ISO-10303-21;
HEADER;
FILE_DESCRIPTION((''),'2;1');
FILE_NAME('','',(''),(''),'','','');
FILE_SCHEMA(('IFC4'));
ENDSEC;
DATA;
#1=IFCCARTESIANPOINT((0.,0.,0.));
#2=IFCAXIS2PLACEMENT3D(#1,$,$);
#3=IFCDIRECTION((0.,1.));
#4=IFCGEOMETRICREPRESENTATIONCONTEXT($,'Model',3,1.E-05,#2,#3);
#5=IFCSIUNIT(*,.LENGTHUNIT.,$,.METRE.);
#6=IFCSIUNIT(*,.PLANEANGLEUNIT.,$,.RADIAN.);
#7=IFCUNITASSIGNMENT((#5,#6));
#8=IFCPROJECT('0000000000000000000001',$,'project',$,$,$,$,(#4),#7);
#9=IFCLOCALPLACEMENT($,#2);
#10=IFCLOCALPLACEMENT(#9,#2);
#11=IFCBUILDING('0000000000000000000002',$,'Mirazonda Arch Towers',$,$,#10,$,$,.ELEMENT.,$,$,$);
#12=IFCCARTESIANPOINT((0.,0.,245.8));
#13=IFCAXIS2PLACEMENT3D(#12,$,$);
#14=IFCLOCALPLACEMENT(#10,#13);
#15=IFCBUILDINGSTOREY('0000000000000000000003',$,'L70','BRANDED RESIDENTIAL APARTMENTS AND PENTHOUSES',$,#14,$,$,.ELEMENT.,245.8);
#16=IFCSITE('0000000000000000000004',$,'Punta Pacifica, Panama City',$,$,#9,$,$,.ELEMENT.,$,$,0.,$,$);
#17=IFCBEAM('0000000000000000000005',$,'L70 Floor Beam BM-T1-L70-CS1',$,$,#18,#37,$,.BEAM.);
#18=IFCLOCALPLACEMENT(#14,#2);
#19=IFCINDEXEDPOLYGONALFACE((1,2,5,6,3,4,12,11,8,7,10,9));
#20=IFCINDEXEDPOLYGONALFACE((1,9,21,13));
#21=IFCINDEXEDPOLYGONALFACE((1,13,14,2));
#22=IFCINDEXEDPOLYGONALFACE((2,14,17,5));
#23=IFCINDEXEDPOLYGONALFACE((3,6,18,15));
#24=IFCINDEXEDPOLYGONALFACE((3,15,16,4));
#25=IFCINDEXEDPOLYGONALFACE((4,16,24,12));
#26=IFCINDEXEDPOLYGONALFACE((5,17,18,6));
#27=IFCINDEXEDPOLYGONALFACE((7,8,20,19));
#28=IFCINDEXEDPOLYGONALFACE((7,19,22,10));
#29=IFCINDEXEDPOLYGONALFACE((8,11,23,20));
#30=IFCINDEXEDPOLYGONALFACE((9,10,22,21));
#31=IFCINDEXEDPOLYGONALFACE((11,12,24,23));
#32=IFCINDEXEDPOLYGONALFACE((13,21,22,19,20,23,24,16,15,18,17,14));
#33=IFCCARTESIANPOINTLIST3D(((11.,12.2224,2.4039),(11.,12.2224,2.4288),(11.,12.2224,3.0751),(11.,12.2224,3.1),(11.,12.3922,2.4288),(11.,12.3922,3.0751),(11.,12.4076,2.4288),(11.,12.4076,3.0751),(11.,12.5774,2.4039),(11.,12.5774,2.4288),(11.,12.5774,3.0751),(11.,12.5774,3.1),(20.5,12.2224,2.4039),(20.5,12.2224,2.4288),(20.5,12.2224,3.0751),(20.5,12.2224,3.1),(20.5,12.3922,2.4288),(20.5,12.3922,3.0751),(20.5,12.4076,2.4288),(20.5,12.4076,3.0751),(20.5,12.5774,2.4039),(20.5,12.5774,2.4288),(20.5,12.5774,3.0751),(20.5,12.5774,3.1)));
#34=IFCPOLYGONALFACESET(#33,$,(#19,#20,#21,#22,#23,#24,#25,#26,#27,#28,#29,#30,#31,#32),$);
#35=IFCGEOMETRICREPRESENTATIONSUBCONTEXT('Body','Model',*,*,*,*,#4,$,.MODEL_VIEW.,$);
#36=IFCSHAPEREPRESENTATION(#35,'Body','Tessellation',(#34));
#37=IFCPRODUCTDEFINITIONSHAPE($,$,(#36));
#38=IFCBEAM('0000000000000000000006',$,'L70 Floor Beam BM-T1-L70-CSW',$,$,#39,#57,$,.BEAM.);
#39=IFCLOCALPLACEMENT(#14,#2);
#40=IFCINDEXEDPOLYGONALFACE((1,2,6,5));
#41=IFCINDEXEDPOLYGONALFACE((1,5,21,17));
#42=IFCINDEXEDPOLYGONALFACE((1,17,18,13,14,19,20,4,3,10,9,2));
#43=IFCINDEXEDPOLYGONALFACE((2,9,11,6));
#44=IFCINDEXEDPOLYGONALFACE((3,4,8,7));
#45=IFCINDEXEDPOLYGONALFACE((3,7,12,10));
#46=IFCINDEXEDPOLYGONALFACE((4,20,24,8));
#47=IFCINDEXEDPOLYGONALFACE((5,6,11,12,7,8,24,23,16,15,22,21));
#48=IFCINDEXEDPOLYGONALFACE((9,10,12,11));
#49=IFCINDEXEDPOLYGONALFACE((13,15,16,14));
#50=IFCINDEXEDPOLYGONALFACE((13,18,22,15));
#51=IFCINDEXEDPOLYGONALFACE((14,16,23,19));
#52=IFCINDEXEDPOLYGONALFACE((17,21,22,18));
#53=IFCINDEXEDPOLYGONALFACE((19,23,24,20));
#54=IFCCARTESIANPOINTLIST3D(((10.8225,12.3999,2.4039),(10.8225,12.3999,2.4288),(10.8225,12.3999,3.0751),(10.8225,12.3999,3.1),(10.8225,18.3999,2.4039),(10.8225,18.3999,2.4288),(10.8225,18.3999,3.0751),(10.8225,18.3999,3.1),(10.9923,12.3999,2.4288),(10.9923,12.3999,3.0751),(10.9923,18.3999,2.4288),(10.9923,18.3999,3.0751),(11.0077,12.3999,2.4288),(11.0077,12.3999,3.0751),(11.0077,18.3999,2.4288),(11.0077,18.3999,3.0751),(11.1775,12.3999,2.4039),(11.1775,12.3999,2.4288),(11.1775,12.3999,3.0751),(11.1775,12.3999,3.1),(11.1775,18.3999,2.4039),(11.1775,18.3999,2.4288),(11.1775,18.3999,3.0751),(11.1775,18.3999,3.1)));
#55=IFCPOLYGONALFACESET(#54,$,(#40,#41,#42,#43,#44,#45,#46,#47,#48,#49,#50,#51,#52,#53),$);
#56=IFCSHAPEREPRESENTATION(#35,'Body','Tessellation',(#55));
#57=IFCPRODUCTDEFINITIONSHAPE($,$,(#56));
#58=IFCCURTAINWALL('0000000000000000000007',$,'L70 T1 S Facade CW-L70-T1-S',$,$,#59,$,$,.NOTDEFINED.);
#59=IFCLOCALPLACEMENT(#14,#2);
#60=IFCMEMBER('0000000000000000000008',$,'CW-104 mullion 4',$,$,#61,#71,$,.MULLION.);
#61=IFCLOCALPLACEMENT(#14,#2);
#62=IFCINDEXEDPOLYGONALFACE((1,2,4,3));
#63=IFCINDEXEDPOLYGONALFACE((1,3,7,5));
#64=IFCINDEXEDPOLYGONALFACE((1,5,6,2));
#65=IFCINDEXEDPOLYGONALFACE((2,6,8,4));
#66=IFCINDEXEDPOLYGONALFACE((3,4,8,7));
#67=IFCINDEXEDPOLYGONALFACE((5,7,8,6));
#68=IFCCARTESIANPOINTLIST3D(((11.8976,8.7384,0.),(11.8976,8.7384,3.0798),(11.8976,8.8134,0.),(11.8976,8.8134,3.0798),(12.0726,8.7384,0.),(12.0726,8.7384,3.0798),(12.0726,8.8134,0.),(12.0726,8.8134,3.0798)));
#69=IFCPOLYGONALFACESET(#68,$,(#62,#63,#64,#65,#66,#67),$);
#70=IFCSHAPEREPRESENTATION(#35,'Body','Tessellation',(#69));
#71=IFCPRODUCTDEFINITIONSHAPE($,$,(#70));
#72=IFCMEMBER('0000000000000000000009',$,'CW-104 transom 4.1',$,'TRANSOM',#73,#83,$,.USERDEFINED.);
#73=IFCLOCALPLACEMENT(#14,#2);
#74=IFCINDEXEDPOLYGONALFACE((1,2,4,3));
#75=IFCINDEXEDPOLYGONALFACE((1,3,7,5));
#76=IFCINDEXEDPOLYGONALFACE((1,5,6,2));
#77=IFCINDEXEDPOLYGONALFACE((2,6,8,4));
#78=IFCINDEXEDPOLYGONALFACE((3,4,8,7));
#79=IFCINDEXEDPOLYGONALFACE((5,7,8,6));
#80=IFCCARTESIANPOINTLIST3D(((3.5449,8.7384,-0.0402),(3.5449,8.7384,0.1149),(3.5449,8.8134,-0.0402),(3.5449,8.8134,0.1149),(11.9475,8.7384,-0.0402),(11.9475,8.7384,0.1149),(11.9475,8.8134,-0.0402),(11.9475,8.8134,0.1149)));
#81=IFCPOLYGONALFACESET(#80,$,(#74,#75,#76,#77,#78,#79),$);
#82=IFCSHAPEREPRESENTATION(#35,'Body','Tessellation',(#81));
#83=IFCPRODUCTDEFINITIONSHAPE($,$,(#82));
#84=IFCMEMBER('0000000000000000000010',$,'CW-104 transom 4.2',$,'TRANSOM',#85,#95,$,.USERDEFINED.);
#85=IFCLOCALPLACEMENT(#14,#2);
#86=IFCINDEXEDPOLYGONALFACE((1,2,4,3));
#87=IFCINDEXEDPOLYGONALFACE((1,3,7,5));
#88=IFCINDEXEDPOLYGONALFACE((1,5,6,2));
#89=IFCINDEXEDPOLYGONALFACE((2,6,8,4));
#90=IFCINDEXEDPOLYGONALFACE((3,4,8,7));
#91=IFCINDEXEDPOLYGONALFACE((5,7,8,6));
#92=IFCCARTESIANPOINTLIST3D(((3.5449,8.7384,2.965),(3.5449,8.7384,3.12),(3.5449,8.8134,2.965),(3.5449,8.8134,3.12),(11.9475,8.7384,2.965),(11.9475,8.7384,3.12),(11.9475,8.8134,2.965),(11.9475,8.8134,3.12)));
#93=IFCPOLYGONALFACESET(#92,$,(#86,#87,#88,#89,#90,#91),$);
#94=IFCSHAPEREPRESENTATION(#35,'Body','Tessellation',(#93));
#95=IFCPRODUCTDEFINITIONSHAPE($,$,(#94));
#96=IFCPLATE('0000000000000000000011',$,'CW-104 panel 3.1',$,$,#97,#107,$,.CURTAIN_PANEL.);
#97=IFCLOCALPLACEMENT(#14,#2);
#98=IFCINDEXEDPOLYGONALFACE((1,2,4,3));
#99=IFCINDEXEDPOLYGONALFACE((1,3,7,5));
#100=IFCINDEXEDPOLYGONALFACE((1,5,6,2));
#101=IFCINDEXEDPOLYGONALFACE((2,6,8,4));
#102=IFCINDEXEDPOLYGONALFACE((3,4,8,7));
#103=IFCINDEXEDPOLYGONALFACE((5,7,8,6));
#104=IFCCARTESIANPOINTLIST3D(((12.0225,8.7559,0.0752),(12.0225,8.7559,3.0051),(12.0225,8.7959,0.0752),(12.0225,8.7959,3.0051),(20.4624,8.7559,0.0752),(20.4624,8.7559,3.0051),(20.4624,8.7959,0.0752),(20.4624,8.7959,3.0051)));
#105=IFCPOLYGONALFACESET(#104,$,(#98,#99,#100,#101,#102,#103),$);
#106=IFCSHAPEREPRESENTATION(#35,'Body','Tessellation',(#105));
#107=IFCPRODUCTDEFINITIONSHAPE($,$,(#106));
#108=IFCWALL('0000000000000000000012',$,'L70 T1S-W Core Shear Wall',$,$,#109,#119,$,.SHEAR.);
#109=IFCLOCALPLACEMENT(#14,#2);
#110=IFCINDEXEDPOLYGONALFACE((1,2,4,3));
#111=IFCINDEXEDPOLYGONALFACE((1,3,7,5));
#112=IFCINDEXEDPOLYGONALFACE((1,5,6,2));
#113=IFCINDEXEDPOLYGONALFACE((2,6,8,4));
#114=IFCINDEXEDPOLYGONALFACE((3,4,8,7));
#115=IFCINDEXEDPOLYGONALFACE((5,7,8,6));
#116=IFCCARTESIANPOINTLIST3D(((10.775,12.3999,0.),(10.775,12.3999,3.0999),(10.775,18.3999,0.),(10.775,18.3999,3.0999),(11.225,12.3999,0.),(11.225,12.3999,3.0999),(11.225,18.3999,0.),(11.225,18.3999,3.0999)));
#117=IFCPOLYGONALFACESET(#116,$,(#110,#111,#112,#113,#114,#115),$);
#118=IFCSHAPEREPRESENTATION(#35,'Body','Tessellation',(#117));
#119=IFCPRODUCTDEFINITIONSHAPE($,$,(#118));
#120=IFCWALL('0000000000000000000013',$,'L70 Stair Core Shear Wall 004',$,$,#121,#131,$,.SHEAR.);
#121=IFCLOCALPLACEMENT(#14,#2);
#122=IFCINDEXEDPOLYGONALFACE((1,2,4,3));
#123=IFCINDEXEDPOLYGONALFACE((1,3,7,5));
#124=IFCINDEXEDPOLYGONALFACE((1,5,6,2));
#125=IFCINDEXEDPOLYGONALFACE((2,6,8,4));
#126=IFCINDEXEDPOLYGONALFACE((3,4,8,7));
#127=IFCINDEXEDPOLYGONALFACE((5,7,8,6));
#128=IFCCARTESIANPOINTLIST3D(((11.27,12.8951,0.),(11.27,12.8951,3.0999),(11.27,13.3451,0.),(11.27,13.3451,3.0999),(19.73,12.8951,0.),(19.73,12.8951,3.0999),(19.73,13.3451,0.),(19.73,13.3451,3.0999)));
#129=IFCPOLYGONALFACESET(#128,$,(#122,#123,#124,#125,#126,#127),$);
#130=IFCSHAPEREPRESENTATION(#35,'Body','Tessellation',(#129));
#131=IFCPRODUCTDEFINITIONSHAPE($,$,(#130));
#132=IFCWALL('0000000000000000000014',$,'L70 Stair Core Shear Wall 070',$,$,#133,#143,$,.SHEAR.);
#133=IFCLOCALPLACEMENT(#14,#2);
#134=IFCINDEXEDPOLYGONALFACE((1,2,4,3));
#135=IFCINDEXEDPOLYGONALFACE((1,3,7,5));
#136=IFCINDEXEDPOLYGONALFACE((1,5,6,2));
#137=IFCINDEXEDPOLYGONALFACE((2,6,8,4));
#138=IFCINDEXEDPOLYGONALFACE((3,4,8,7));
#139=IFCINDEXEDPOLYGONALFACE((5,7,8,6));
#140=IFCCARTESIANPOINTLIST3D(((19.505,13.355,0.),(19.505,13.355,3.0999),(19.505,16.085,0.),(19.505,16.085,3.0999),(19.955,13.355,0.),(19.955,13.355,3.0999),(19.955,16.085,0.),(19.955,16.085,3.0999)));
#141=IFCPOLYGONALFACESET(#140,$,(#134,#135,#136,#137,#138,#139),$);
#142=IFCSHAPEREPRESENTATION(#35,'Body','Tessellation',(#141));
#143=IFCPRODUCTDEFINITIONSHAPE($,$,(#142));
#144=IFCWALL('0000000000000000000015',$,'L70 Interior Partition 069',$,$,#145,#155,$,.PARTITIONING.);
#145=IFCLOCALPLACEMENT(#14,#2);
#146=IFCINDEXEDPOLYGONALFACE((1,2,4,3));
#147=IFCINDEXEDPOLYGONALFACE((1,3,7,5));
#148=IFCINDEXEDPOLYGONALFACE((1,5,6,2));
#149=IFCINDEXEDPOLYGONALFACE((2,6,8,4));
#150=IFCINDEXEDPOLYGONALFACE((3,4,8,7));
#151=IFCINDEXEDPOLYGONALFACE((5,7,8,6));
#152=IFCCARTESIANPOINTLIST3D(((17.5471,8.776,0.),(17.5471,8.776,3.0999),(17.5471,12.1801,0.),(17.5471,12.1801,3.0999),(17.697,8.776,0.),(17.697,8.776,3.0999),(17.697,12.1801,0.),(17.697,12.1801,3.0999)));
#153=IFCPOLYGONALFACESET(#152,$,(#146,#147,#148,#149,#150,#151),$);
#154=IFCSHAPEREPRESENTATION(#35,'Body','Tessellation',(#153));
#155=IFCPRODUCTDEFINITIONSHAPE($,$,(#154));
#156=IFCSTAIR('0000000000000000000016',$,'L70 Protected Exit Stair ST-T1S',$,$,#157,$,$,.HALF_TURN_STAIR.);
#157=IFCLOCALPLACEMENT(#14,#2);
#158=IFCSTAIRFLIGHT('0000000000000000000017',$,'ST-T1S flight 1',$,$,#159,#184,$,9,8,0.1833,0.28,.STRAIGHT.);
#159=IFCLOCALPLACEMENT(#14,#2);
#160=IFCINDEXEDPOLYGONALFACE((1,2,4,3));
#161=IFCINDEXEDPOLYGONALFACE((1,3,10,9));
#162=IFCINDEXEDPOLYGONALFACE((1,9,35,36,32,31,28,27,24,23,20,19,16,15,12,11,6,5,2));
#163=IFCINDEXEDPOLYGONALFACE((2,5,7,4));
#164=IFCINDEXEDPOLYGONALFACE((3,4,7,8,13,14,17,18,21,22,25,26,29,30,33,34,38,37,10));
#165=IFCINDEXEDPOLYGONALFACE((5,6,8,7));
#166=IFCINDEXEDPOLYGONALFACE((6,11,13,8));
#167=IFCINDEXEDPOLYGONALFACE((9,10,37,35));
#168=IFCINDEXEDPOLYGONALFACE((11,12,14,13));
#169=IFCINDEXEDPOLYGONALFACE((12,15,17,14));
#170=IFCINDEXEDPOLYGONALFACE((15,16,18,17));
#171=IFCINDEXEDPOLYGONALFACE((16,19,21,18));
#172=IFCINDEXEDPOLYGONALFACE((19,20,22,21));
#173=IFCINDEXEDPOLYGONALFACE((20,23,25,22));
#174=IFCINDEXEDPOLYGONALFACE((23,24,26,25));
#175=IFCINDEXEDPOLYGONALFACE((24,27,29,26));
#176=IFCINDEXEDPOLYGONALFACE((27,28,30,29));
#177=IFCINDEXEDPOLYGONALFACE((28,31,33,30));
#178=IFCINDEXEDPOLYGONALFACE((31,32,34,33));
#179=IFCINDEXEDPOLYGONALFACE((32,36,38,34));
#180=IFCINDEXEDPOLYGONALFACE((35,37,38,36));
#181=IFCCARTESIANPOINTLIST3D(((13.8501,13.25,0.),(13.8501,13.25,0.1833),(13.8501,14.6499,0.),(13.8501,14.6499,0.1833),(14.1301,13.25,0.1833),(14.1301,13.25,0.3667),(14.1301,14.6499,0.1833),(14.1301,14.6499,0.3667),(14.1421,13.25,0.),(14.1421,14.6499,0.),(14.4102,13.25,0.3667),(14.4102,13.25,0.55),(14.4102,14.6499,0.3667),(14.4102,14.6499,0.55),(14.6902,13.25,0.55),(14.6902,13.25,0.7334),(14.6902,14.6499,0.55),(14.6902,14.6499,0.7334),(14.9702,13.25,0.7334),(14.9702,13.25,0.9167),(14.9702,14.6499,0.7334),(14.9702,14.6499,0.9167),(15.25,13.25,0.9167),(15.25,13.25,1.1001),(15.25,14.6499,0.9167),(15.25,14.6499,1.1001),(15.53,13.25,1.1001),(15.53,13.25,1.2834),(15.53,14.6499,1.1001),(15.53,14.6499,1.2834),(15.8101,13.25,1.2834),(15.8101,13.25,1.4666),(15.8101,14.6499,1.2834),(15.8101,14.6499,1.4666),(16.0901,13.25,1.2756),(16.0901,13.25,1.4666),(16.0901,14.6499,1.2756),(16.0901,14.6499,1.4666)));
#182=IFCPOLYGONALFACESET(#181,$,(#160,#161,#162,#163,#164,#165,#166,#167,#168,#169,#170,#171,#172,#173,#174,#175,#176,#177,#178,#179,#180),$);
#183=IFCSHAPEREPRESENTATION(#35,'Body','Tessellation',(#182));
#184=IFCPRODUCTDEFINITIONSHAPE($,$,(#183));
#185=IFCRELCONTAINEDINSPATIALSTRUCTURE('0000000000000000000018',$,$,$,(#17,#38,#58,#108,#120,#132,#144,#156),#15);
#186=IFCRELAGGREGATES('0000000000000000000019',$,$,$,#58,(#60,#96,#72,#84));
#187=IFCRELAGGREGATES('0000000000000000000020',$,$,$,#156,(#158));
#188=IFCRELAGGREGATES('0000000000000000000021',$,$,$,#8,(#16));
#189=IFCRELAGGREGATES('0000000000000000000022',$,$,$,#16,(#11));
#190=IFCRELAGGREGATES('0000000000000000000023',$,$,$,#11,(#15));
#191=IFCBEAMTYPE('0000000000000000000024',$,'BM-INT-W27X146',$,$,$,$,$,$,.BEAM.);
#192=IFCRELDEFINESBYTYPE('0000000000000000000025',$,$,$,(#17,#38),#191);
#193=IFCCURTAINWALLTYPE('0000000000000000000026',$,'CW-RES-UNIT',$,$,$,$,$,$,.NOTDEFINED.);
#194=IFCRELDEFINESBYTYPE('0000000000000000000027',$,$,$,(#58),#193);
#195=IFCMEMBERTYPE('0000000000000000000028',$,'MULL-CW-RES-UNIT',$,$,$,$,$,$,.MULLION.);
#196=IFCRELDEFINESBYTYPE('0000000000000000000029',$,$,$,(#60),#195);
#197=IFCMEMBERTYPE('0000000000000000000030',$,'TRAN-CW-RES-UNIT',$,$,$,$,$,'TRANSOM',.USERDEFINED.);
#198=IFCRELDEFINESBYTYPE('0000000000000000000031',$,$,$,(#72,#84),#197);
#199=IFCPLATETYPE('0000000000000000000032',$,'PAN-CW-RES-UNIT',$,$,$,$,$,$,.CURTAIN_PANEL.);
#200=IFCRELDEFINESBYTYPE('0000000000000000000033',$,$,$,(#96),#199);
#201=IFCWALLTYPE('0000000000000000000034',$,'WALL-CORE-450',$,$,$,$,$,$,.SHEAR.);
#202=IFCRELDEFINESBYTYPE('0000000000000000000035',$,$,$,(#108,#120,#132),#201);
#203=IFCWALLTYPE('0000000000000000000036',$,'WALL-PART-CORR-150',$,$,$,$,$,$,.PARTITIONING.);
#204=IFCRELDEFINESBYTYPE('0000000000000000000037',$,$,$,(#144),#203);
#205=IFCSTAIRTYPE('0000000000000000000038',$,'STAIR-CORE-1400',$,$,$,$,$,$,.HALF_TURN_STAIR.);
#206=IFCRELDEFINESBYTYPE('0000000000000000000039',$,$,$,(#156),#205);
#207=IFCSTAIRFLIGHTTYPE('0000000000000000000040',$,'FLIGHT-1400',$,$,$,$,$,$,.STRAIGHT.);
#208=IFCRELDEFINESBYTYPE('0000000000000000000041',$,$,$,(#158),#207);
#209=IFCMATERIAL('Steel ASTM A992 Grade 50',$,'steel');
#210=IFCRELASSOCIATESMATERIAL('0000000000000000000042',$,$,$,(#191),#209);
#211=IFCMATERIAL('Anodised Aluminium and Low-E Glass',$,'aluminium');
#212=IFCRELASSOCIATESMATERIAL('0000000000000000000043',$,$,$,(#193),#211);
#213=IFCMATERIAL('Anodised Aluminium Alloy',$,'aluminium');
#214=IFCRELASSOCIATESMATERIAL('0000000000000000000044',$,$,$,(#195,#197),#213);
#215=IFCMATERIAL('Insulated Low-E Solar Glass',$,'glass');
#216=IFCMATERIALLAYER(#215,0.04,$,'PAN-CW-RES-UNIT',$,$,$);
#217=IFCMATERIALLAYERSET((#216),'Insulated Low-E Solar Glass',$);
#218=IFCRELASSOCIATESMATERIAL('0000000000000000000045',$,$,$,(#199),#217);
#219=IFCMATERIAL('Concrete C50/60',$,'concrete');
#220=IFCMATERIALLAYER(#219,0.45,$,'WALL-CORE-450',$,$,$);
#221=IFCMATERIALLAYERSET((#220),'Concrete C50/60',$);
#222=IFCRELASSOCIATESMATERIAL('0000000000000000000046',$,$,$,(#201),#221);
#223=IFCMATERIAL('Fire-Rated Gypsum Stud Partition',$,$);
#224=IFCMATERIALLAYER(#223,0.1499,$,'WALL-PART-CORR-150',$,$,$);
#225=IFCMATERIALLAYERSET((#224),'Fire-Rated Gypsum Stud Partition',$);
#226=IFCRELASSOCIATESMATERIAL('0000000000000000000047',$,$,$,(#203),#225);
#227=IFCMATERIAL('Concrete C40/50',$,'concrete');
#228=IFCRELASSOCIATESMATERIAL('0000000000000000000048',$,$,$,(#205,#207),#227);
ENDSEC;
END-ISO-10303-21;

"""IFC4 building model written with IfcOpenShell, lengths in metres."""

from ifc_helpers import new_model, si_unit, direction, frame, frame_2d, origin, origin_2d, place, context, subcontext, project, spatial, polyline, rectangle, i_section, outline, extrude, material, layer, layer_set, material_profile, profile_set, type_object, element, aggregate, save


model = new_model("IFC4")

# Units and contexts
model_context = context("Model", 3, precision=1e-05, world=origin(), true_north=direction((0.0, 1.0)))
body_context = subcontext(model_context, "Body", "Model", "MODEL_VIEW")
ifc_project = project(units=[si_unit("LENGTHUNIT", "METRE"), si_unit("PLANEANGLEUNIT", "RADIAN")], contexts=[model_context])

# Site, building, storey
site_placement = place(None, origin())
site = spatial("IfcSite", under=ifc_project, at=site_placement, Name="Punta Pacifica, Panama City", CompositionType="ELEMENT", RefElevation=0.0)
building_placement = place(site_placement, origin())
building = spatial("IfcBuilding", under=site, at=building_placement, Name="Mirazonda Arch Towers", CompositionType="ELEMENT")
storey_placement = place(building_placement, frame((0.0, 0.0, 245.8)))
storey = spatial("IfcBuildingStorey", under=building, at=storey_placement, Name="L70", Description="BRANDED RESIDENTIAL APARTMENTS AND PENTHOUSES", CompositionType="ELEMENT", Elevation=245.8)

# Beams
ifc_material_1 = material(Name="Steel ASTM A992 Grade 50", Category="steel")
ifc_material_profile_1 = material_profile(ifc_material_1, i_section(OverallWidth=0.355, OverallDepth=0.696, WebThickness=0.0154, FlangeThickness=0.0249, at=origin_2d()), Name="W27X146")
ifc_profile_set_1 = profile_set([ifc_material_profile_1], Name="Steel ASTM A992 Grade 50")
beam_type = type_object("IfcBeamType", Name="BM-INT-W27X146", PredefinedType="BEAM", material=ifc_profile_set_1)
beam_1_placement = place(storey_placement, frame((11.0, 12.3999, 2.752), z_axis=(1.0, 0.0, 0.0), x_axis=(0.0, 1.0, 0.0)))
element("IfcBeam", 1, at=beam_1_placement, inside=storey, type_object=beam_type, Name="L70 Floor Beam BM-T1-L70-CS1", PredefinedType="BEAM", context=body_context, shape_type="SweptSolid", body=[
    extrude(i_section(OverallWidth=0.355, OverallDepth=0.696, WebThickness=0.0154, FlangeThickness=0.0249, at=origin_2d()), origin(), (0.0, 0.0, 1.0), 9.5),
])
beam_2_placement = place(storey_placement, frame((11.0, 12.3999, 2.752), z_axis=(0.0, 1.0, 0.0), x_axis=(-1.0, 0.0, 0.0)))
element("IfcBeam", 2, at=beam_2_placement, inside=storey, type_object=beam_type, Name="L70 Floor Beam BM-T1-L70-CSW", PredefinedType="BEAM", context=body_context, shape_type="SweptSolid", body=[
    extrude(i_section(OverallWidth=0.355, OverallDepth=0.696, WebThickness=0.0154, FlangeThickness=0.0249, at=origin_2d()), origin(), (0.0, 0.0, 1.0), 6.0),
])

# Curtain wall, members, plate
ifc_material_2 = material(Name="Anodised Aluminium and Low-E Glass", Category="aluminium")
curtain_wall_type = type_object("IfcCurtainWallType", Name="CW-RES-UNIT", PredefinedType="NOTDEFINED", material=ifc_material_2)
curtain_wall_placement = place(storey_placement, origin())
curtain_wall = element("IfcCurtainWall", 3, at=curtain_wall_placement, inside=storey, type_object=curtain_wall_type, Name="L70 T1 S Facade CW-L70-T1-S", PredefinedType="NOTDEFINED")
ifc_material_3 = material(Name="Anodised Aluminium Alloy", Category="aluminium")
ifc_material_profile_2 = material_profile(ifc_material_3, rectangle(XDim=0.075, YDim=0.175, at=origin_2d()), Name="ALU-MULL-75x175")
ifc_profile_set_2 = profile_set([ifc_material_profile_2], Name="Anodised Aluminium Alloy")
member_type_1 = type_object("IfcMemberType", Name="MULL-CW-RES-UNIT", PredefinedType="MULLION", material=ifc_profile_set_2)
member_1_placement = place(storey_placement, frame((11.9851, 8.7759, 0.0), z_axis=(0.0, 0.0, 1.0), x_axis=(0.0, -1.0, 0.0)))
member_1 = element("IfcMember", 4, at=member_1_placement, type_object=member_type_1, Name="CW-104 mullion 4", PredefinedType="MULLION", context=body_context, shape_type="SweptSolid", body=[
    extrude(rectangle(XDim=0.075, YDim=0.175, at=origin_2d()), origin(), (0.0, 0.0, 1.0), 3.0798),
])
ifc_material_profile_3 = material_profile(ifc_material_3, rectangle(XDim=0.075, YDim=0.155, at=origin_2d()), Name="ALU-TRAN-75x155")
ifc_profile_set_3 = profile_set([ifc_material_profile_3], Name="Anodised Aluminium Alloy")
member_type_2 = type_object("IfcMemberType", Name="TRAN-CW-RES-UNIT", ElementType="TRANSOM", PredefinedType="USERDEFINED", material=ifc_profile_set_3)
member_2_placement = place(storey_placement, frame((11.9475, 8.7759, 0.0374), z_axis=(-1.0, 0.0, 0.0), x_axis=(0.0, -1.0, 0.0)))
member_2 = element("IfcMember", 5, at=member_2_placement, type_object=member_type_2, Name="CW-104 transom 4.1", ObjectType="TRANSOM", PredefinedType="USERDEFINED", context=body_context, shape_type="SweptSolid", body=[
    extrude(rectangle(XDim=0.075, YDim=0.155, at=origin_2d()), origin(), (0.0, 0.0, 1.0), 8.4026),
])
member_3_placement = place(storey_placement, frame((11.9475, 8.7759, 3.0425), z_axis=(-1.0, 0.0, 0.0), x_axis=(0.0, -1.0, 0.0)))
member_3 = element("IfcMember", 6, at=member_3_placement, type_object=member_type_2, Name="CW-104 transom 4.2", ObjectType="TRANSOM", PredefinedType="USERDEFINED", context=body_context, shape_type="SweptSolid", body=[
    extrude(rectangle(XDim=0.075, YDim=0.155, at=origin_2d()), origin(), (0.0, 0.0, 1.0), 8.4026),
])
ifc_material_4 = material(Name="Insulated Low-E Solar Glass", Category="glass")
ifc_layer_1 = layer(ifc_material_4, 0.04, Name="PAN-CW-RES-UNIT")
ifc_layer_set_1 = layer_set([ifc_layer_1], Name="Insulated Low-E Solar Glass")
plate_type = type_object("IfcPlateType", Name="PAN-CW-RES-UNIT", PredefinedType="CURTAIN_PANEL", material=ifc_layer_set_1)
plate_placement = place(storey_placement, frame((16.2424, 8.7759, 0.0752), z_axis=(0.0, 0.0, 1.0), x_axis=(-1.0, 0.0, 0.0)))
plate = element("IfcPlate", 7, at=plate_placement, type_object=plate_type, Name="CW-104 panel 3.1", PredefinedType="CURTAIN_PANEL", context=body_context, shape_type="SweptSolid", body=[
    extrude(rectangle(XDim=8.4399, YDim=0.04, at=origin_2d()), origin(), (0.0, 0.0, 1.0), 2.9299),
])
aggregate(curtain_wall, [member_1, plate, member_2, member_3])

# Walls
ifc_material_5 = material(Name="Concrete C50/60", Category="concrete")
ifc_layer_2 = layer(ifc_material_5, 0.45, Name="WALL-CORE-450")
ifc_layer_set_2 = layer_set([ifc_layer_2], Name="Concrete C50/60")
wall_type_1 = type_object("IfcWallType", Name="WALL-CORE-450", PredefinedType="SHEAR", material=ifc_layer_set_2)
wall_1_placement = place(storey_placement, frame((11.0, 12.3999, 0.0), z_axis=(0.0, 0.0, 1.0), x_axis=(0.0, 1.0, 0.0)))
element("IfcWall", 8, at=wall_1_placement, inside=storey, type_object=wall_type_1, Name="L70 T1S-W Core Shear Wall", PredefinedType="SHEAR", context=body_context, shape_type="SweptSolid", body=[
    extrude(rectangle(XDim=6.0, YDim=0.45, at=frame_2d((3.0, 0.0))), origin(), (0.0, 0.0, 1.0), 3.0999),
])
wall_2_placement = place(storey_placement, frame((11.27, 13.1201, 0.0), z_axis=(0.0, 0.0, 1.0), x_axis=(1.0, 0.0, 0.0)))
element("IfcWall", 9, at=wall_2_placement, inside=storey, type_object=wall_type_1, Name="L70 Stair Core Shear Wall 004", PredefinedType="SHEAR", context=body_context, shape_type="SweptSolid", body=[
    extrude(rectangle(XDim=8.46, YDim=0.45, at=frame_2d((4.23, 0.0))), origin(), (0.0, 0.0, 1.0), 3.0999),
])
wall_3_placement = place(storey_placement, frame((19.73, 13.355, 0.0), z_axis=(0.0, 0.0, 1.0), x_axis=(0.0, 1.0, 0.0)))
element("IfcWall", 10, at=wall_3_placement, inside=storey, type_object=wall_type_1, Name="L70 Stair Core Shear Wall 070", PredefinedType="SHEAR", context=body_context, shape_type="SweptSolid", body=[
    extrude(rectangle(XDim=2.73, YDim=0.45, at=frame_2d((1.365, 0.0))), origin(), (0.0, 0.0, 1.0), 3.0999),
])
ifc_material_6 = material(Name="Fire-Rated Gypsum Stud Partition")
ifc_layer_3 = layer(ifc_material_6, 0.1499, Name="WALL-PART-CORR-150")
ifc_layer_set_3 = layer_set([ifc_layer_3], Name="Fire-Rated Gypsum Stud Partition")
wall_type_2 = type_object("IfcWallType", Name="WALL-PART-CORR-150", PredefinedType="PARTITIONING", material=ifc_layer_set_3)
wall_4_placement = place(storey_placement, frame((17.6221, 8.7759, 0.0), z_axis=(0.0, 0.0, 1.0), x_axis=(0.0, 1.0, 0.0)))
element("IfcWall", 11, at=wall_4_placement, inside=storey, type_object=wall_type_2, Name="L70 Interior Partition 069", PredefinedType="PARTITIONING", context=body_context, shape_type="SweptSolid", body=[
    extrude(rectangle(XDim=3.4041, YDim=0.1499, at=frame_2d((1.7021, 0.0))), origin(), (0.0, 0.0, 1.0), 3.0999),
])

# Stair, stair flight
ifc_material_7 = material(Name="Concrete C40/50", Category="concrete")
stair_type = type_object("IfcStairType", Name="STAIR-CORE-1400", PredefinedType="HALF_TURN_STAIR", material=ifc_material_7)
stair_placement = place(storey_placement, origin())
stair = element("IfcStair", 12, at=stair_placement, inside=storey, type_object=stair_type, Name="L70 Protected Exit Stair ST-T1S", PredefinedType="HALF_TURN_STAIR")
stair_flight_type = type_object("IfcStairFlightType", Name="FLIGHT-1400", PredefinedType="STRAIGHT", material=ifc_material_7)
stair_flight_1_placement = place(storey_placement, frame((13.8501, 13.95, 0.0), z_axis=(0.0, 0.0, 1.0), x_axis=(1.0, 0.0, 0.0)))
stair_flight_1 = element("IfcStairFlight", 13, at=stair_flight_1_placement, type_object=stair_flight_type, Name="ST-T1S flight 1", NumberOfRisers=9, NumberOfTreads=8, PredefinedType="STRAIGHT", RiserHeight=0.1833, TreadLength=0.28, context=body_context, shape_type="SweptSolid", body=[
    extrude(outline(polyline([(0.0, 0.0), (0.0, 0.1833), (0.28, 0.1833), (0.28, 0.3667), (0.5601, 0.3667), (0.5601, 0.55), (0.8401, 0.55), (0.8401, 0.7334), (1.1201, 0.7334), (1.1201, 0.9167), (1.3999, 0.9167), (1.3999, 1.1001), (1.6799, 1.1001), (1.6799, 1.2834), (1.96, 1.2834), (1.96, 1.4666), (2.24, 1.4666), (2.24, 1.6499), (2.24, 1.2756), (0.292, 0.0), (0.0, 0.0)])), frame((0.0, 0.7, 0.0), z_axis=(0.0, -1.0, 0.0), x_axis=(1.0, 0.0, 0.0)), (0.0, 0.0, 1.0), 1.3999),
])
aggregate(stair, [stair_flight_1])

save(model, "model.ifc")
